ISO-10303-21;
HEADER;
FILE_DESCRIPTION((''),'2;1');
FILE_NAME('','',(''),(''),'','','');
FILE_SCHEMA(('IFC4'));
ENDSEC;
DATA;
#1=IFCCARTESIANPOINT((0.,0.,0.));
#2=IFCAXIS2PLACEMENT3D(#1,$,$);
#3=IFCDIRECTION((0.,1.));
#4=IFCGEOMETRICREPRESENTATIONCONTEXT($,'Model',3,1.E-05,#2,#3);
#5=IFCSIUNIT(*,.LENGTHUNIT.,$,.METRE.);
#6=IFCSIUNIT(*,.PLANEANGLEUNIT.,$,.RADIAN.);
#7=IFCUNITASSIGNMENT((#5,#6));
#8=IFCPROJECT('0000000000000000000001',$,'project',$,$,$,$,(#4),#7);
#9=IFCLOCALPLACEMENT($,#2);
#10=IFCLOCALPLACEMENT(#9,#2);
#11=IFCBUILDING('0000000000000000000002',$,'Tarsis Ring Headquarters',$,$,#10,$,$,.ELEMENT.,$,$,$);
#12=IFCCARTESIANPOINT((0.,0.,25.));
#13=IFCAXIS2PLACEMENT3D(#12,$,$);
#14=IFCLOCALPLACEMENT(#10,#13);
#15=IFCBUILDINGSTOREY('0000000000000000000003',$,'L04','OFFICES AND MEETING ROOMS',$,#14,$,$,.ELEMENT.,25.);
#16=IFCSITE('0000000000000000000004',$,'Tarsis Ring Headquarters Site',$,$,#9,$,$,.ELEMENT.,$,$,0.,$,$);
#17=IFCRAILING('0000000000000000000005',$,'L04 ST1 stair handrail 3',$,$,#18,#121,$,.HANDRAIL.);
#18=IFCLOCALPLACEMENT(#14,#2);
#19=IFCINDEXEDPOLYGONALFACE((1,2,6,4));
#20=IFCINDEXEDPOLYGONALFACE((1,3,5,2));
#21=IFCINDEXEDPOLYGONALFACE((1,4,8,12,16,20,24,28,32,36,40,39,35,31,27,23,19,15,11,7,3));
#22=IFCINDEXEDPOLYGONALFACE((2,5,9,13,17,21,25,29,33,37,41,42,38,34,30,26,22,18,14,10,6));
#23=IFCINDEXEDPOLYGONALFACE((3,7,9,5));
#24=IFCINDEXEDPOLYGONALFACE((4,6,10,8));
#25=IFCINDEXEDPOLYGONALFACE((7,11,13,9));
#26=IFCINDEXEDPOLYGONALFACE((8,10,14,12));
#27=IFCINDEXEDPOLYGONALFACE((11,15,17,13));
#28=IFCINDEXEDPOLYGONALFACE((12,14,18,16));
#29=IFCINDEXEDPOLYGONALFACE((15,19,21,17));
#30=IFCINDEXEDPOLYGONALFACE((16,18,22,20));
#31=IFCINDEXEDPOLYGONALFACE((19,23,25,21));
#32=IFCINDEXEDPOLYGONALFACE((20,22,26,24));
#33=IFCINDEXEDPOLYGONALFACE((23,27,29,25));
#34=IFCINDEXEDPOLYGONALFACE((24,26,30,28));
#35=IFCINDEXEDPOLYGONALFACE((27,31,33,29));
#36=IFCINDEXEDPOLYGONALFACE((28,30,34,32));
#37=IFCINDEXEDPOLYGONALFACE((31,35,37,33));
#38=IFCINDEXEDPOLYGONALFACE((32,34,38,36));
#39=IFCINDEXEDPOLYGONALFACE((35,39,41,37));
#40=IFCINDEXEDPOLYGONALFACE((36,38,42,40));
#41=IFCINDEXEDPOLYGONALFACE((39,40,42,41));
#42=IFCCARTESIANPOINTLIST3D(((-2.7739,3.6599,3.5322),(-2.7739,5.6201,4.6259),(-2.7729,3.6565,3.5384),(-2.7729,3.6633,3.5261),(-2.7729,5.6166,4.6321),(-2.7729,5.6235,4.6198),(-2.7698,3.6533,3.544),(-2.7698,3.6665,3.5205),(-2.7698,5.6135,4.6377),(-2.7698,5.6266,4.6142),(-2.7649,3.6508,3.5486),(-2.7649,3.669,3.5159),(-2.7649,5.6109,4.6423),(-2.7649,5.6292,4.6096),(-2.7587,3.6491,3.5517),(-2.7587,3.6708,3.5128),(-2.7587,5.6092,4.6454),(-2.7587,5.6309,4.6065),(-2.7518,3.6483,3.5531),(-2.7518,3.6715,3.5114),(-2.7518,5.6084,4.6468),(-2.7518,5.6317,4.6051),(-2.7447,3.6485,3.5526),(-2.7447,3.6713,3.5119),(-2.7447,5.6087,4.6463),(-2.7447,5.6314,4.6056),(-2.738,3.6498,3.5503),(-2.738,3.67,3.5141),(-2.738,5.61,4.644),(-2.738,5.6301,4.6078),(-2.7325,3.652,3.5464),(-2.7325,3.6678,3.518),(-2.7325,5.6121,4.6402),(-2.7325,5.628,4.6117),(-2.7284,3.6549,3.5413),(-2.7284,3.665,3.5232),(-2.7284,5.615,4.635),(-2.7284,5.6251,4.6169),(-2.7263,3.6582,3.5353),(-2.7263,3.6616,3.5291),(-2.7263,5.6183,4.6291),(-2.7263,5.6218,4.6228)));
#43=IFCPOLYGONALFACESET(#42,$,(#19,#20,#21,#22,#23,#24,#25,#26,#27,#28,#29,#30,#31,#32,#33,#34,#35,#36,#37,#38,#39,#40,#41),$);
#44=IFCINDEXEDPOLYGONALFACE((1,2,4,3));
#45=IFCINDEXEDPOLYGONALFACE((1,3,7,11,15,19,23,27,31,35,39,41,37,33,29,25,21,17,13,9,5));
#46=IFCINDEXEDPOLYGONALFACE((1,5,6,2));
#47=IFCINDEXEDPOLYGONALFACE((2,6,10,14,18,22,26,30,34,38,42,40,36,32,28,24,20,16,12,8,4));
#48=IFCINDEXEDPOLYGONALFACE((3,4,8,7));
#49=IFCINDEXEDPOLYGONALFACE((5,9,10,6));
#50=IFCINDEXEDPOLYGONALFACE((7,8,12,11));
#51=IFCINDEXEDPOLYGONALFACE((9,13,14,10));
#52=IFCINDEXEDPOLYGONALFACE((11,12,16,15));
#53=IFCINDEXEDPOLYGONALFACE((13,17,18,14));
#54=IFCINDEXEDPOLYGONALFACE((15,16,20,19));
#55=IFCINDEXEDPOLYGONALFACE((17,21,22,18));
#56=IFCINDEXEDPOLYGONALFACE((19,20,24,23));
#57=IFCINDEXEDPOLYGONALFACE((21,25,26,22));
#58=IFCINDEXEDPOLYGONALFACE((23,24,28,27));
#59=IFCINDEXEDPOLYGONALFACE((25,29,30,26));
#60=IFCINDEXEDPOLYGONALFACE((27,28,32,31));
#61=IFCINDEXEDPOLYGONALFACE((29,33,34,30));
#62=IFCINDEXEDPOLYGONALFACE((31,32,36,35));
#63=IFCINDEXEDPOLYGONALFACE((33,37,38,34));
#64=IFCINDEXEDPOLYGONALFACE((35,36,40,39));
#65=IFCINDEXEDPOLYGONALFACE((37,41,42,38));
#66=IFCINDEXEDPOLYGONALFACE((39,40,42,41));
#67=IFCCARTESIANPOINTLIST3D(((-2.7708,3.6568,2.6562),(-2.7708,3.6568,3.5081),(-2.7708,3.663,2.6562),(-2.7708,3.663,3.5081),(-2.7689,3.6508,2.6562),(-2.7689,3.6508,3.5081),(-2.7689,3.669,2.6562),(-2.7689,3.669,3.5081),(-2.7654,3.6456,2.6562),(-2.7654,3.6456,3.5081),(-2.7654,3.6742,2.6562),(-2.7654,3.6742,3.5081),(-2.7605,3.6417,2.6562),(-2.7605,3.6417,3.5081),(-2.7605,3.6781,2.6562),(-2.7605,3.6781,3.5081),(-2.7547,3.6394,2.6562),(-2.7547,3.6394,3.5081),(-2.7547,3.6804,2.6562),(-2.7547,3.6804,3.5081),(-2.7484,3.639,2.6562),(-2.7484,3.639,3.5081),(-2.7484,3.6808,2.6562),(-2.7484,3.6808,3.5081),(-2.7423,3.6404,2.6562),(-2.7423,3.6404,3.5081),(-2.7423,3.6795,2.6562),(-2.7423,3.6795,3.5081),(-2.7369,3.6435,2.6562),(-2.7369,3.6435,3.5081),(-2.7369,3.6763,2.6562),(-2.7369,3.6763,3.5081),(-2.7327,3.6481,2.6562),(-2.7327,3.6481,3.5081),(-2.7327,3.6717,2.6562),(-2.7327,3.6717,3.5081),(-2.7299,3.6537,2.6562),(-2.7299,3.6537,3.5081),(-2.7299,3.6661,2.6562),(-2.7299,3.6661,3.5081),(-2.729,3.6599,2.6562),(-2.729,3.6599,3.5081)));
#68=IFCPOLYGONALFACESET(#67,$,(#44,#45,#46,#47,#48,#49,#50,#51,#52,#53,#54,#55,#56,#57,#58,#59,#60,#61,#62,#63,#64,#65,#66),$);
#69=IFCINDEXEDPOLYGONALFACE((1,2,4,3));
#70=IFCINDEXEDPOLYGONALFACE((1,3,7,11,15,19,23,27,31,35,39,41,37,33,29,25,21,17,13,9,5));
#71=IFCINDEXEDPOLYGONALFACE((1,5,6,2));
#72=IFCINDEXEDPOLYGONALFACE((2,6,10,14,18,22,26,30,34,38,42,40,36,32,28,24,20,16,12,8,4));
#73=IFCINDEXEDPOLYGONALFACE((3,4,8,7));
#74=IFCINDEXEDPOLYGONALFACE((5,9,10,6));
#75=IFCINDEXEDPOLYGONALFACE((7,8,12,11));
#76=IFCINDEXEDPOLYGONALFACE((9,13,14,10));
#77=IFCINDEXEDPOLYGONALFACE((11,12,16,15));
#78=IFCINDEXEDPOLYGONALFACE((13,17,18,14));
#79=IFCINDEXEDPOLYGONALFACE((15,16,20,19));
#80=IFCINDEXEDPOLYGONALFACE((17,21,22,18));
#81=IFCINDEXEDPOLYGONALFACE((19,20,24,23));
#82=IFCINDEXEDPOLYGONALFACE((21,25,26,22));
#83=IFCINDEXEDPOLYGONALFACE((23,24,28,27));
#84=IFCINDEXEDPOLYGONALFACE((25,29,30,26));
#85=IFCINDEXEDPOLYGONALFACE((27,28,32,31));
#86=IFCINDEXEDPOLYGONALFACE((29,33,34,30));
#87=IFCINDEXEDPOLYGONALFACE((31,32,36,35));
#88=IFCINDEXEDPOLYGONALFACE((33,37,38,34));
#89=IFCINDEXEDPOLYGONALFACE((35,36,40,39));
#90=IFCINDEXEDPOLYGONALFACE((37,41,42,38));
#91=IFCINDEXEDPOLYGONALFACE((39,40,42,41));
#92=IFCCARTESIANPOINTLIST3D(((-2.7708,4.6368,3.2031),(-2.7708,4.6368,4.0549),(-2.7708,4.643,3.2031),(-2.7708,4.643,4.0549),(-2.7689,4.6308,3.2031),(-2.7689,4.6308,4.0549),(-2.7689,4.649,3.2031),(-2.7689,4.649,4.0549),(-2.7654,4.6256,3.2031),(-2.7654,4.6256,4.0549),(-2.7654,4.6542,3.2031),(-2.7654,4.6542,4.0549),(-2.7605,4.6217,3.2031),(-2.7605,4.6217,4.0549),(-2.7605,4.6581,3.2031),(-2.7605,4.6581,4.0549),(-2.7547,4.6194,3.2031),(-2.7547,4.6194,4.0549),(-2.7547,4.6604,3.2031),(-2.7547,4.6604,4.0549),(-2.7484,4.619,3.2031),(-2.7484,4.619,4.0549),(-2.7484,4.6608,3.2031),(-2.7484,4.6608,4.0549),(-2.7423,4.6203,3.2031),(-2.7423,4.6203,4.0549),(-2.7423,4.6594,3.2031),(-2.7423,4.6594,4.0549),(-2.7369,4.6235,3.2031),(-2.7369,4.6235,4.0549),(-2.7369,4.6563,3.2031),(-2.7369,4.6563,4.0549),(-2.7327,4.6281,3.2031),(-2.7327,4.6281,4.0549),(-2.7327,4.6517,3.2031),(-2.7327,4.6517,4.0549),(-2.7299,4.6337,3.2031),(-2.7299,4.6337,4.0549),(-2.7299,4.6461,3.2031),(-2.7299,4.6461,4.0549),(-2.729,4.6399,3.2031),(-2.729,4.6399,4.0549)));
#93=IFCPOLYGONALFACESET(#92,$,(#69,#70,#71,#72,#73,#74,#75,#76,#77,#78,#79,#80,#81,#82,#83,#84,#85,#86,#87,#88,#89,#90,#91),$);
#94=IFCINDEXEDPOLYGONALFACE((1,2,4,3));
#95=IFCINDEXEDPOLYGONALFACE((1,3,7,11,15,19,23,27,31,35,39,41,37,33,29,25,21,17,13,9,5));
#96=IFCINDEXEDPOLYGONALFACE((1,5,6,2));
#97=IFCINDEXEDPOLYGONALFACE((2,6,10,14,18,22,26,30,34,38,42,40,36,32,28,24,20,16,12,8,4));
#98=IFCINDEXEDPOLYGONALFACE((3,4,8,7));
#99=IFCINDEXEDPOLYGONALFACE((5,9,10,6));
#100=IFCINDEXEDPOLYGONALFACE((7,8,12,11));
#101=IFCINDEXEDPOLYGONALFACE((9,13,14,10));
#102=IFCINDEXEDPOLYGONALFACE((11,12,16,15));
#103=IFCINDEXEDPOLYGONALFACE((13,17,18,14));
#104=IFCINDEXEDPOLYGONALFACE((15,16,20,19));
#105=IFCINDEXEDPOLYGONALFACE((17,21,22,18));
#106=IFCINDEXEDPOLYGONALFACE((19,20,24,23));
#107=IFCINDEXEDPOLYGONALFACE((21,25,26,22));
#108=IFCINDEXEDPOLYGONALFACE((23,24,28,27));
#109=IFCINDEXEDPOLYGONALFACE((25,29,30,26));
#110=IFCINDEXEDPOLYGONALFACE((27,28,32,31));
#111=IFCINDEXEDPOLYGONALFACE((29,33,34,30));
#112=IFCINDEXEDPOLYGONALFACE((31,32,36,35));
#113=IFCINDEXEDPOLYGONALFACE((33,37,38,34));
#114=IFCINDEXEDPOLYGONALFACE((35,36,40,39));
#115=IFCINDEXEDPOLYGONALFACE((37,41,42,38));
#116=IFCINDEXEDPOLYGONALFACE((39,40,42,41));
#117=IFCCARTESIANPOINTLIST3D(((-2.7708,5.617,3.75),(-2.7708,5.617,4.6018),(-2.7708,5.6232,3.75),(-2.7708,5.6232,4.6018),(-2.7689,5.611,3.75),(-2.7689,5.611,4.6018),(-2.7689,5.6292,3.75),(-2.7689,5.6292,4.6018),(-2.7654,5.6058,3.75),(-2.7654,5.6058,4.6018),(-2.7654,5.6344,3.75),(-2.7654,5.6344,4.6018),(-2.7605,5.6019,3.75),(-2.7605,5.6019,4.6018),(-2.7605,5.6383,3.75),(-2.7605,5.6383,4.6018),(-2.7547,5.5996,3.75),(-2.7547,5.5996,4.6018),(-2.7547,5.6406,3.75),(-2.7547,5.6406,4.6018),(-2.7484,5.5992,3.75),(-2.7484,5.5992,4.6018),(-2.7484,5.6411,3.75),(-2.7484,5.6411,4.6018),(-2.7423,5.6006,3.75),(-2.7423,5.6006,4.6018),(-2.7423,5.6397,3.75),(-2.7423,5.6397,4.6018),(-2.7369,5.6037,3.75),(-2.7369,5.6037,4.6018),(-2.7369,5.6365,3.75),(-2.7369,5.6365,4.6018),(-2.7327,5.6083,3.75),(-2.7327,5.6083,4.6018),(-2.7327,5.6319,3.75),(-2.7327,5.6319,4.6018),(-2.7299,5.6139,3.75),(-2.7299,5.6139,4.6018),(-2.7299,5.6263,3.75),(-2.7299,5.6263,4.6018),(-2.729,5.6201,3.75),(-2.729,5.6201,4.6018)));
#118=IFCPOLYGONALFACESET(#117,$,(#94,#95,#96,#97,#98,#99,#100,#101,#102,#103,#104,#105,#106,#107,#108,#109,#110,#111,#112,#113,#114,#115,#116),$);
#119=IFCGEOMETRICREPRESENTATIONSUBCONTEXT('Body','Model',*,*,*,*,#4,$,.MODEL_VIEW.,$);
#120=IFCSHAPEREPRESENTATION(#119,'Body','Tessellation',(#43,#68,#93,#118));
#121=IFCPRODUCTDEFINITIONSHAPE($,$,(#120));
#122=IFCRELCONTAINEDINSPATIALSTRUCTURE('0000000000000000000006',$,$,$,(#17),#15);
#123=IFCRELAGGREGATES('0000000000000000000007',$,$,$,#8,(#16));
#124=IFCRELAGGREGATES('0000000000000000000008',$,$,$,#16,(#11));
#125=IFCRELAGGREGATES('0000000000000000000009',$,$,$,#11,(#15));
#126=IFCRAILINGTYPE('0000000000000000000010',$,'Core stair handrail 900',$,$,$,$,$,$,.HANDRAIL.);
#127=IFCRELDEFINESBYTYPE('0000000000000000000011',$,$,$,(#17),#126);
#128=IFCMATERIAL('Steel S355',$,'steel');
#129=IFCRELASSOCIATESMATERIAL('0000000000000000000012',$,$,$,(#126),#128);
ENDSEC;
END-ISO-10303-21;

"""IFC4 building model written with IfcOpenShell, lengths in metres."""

from ifc_helpers import new_model, si_unit, direction, frame, origin, origin_2d, place, context, subcontext, project, spatial, circle, extrude, material, type_object, element, save


model = new_model("IFC4")

# Units and contexts
model_context = context("Model", 3, precision=1e-05, world=origin(), true_north=direction((0.0, 1.0)))
body_context = subcontext(model_context, "Body", "Model", "MODEL_VIEW")
ifc_project = project(units=[si_unit("LENGTHUNIT", "METRE"), si_unit("PLANEANGLEUNIT", "RADIAN")], contexts=[model_context])

# Site, building, storey
site_placement = place(None, origin())
site = spatial("IfcSite", under=ifc_project, at=site_placement, Name="Tarsis Ring Headquarters Site", CompositionType="ELEMENT", RefElevation=0.0)
building_placement = place(site_placement, origin())
building = spatial("IfcBuilding", under=site, at=building_placement, Name="Tarsis Ring Headquarters", CompositionType="ELEMENT")
storey_placement = place(building_placement, frame((0.0, 0.0, 25.0)))
storey = spatial("IfcBuildingStorey", under=building, at=storey_placement, Name="L04", Description="OFFICES AND MEETING ROOMS", CompositionType="ELEMENT", Elevation=25.0)

# Shared definitions
ifc_material_1 = material(Name="Steel S355", Category="steel")

# Railing
railing_type_1 = type_object("IfcRailingType", Name="Core stair handrail 900", PredefinedType="HANDRAIL", material=ifc_material_1)
railing_1_placement = place(storey_placement, frame((-2.75, 3.6599, 2.6562)))
element("IfcRailing", 1, at=railing_1_placement, inside=storey, type_object=railing_type_1, Name="L04 ST1 stair handrail 3", PredefinedType="HANDRAIL", context=body_context, shape_type="SweptSolid", body=[
    extrude(circle(Radius=0.0239, at=origin_2d()), frame((0.0, 0.0, 0.876), z_axis=(0.0, 0.873258, 0.487258), x_axis=(-1.0, 0.0, 0.0)), (0.0, 0.0, 1.0), 2.2446),
    extrude(circle(Radius=0.021, at=origin_2d()), origin(), (0.0, 0.0, 1.0), 0.8518),
    extrude(circle(Radius=0.021, at=origin_2d()), frame((0.0, 0.98, 0.5469)), (0.0, 0.0, 1.0), 0.8518),
    extrude(circle(Radius=0.021, at=origin_2d()), frame((0.0, 1.9602, 1.0938)), (0.0, 0.0, 1.0), 0.8518),
])

save(model, "model.ifc")
